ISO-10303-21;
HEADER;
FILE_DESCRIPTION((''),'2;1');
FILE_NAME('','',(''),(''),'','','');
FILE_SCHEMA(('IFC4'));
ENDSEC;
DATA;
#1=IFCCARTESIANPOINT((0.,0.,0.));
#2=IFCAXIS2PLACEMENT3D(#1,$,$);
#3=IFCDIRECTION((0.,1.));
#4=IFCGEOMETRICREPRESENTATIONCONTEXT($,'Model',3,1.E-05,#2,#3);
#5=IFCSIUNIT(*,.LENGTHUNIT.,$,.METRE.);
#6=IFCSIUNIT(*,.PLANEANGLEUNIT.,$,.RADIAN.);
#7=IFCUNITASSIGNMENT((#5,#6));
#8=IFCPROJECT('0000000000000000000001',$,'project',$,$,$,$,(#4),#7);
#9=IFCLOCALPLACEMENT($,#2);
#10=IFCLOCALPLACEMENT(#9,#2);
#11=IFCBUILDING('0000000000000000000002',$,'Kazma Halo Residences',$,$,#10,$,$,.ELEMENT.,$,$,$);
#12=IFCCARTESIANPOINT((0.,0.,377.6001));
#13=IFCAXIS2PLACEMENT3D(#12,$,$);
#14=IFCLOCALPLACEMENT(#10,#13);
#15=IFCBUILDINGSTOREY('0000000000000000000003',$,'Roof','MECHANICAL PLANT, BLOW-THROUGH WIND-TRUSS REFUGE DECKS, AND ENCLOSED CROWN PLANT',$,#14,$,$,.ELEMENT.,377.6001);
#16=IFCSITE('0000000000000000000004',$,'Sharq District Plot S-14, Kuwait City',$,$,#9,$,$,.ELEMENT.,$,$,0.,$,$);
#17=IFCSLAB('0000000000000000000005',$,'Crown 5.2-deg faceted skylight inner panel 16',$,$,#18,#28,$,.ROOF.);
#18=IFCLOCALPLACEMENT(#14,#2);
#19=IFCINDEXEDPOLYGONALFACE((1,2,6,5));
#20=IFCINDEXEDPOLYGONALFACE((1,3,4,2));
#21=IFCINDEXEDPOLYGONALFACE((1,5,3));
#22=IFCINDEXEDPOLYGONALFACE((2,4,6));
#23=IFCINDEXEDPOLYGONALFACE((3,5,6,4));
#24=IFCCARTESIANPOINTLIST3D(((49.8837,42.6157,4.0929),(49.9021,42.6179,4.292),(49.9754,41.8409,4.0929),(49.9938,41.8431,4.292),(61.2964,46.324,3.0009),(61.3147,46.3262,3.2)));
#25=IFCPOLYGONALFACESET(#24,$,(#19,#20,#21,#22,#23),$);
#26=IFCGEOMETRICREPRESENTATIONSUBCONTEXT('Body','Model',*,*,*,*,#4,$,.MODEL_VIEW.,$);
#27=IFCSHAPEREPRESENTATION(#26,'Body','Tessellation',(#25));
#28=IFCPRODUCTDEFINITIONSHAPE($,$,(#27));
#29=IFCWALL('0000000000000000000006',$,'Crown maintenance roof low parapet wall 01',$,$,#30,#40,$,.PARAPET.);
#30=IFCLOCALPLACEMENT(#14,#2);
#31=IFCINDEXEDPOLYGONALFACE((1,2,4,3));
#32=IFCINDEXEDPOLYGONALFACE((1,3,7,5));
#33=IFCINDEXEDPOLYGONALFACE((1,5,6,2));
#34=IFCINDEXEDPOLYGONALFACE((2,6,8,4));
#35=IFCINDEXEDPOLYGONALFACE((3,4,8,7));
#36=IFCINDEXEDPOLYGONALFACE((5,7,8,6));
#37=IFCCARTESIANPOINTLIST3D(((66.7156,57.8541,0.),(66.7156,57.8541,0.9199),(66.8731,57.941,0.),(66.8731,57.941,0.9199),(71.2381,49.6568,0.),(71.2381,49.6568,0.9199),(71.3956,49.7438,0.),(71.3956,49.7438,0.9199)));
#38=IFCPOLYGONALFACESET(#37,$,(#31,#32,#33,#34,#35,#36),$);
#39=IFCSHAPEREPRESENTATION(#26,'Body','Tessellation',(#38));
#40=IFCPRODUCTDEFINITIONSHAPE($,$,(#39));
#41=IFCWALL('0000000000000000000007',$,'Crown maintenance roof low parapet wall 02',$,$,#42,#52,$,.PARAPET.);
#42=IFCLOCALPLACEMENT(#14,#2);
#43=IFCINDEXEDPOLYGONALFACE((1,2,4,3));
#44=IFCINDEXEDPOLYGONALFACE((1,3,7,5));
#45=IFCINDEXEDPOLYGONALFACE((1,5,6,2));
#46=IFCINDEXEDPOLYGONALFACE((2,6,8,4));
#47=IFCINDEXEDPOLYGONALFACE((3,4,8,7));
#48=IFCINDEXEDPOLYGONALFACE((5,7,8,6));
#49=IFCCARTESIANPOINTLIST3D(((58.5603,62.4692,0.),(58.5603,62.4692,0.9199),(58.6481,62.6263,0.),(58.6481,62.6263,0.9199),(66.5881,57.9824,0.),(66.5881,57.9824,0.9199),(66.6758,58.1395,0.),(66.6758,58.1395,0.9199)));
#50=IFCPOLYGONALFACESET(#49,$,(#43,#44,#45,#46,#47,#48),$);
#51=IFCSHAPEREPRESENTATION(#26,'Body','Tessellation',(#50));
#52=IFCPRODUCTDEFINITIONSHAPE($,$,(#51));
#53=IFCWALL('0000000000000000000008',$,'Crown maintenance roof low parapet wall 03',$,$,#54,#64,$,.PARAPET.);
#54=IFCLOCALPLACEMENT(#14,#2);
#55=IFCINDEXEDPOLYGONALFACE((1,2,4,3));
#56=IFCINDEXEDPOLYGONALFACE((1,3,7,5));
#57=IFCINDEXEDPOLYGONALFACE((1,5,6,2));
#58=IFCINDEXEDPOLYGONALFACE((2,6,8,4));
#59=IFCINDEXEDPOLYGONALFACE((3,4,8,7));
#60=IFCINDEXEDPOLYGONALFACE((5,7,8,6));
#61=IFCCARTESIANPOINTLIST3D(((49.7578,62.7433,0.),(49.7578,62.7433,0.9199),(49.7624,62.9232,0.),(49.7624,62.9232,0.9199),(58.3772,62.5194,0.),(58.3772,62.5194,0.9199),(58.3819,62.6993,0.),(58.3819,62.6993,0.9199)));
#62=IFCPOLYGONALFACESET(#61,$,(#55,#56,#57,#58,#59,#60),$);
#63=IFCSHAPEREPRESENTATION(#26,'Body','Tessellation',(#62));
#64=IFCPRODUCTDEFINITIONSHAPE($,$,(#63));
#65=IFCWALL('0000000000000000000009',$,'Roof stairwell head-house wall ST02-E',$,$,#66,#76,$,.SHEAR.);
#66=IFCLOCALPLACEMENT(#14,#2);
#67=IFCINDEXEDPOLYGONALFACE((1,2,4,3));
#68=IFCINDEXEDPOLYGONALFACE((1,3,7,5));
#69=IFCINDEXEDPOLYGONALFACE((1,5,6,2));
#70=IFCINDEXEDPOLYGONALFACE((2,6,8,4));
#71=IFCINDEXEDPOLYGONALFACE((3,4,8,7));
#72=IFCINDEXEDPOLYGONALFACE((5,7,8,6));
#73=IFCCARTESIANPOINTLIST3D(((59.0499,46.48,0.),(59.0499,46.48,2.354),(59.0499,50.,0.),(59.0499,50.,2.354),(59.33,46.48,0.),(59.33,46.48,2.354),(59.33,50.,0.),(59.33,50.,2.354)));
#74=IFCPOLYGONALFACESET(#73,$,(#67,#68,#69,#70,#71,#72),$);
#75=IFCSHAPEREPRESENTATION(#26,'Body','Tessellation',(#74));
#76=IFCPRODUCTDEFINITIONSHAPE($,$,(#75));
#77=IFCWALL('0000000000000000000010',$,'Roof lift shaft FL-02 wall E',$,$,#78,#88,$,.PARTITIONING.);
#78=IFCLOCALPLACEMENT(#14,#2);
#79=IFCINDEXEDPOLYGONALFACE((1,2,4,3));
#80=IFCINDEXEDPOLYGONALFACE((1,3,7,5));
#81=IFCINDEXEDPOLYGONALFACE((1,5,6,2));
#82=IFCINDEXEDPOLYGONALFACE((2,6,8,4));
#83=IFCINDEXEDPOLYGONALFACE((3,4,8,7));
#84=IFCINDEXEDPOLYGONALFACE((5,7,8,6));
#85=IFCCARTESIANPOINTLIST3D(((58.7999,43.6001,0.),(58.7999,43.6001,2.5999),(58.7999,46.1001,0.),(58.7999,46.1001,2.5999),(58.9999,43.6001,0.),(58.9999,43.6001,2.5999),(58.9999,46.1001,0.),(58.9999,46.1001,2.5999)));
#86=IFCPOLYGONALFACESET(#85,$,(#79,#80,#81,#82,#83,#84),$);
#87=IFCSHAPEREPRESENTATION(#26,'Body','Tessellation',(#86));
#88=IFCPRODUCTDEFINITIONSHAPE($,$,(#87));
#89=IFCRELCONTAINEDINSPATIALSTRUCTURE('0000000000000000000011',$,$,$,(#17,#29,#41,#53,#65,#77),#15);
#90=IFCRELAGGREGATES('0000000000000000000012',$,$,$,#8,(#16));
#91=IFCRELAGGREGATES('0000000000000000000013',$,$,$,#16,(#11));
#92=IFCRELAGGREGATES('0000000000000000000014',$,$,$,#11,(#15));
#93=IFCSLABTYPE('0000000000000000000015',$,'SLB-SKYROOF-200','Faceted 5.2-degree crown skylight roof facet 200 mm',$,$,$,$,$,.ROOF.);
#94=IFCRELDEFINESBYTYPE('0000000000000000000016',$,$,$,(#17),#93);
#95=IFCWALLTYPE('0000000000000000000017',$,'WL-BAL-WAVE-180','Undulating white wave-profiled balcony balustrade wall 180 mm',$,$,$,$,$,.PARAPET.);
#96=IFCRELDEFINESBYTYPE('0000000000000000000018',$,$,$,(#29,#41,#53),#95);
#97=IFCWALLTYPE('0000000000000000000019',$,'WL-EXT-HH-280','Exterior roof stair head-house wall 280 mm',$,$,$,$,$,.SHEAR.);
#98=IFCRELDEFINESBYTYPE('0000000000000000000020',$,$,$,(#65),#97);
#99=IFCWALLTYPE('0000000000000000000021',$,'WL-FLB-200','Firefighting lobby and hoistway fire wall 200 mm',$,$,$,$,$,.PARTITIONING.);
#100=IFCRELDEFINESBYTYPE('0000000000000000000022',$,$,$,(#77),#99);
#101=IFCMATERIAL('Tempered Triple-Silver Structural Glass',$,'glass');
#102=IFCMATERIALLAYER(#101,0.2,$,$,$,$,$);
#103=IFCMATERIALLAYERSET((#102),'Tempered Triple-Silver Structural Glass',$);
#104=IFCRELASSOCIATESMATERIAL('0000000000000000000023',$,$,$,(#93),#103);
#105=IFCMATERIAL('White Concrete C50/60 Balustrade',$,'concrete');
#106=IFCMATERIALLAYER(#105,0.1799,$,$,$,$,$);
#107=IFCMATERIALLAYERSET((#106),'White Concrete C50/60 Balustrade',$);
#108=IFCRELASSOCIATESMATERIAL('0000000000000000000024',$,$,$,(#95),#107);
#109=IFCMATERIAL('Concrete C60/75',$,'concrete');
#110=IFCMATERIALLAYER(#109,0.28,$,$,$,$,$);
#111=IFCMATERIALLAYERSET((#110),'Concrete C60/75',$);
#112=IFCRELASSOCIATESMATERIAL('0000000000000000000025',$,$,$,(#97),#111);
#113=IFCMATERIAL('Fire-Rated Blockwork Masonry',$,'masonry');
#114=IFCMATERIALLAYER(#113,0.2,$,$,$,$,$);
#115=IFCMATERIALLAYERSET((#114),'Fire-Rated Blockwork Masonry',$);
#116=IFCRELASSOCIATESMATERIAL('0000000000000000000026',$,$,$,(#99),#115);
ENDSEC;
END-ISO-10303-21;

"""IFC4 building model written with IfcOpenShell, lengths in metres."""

from ifc_helpers import new_model, si_unit, direction, frame, frame_2d, origin, place, context, subcontext, project, spatial, polyline, rectangle, outline, extrude, material, layer, layer_set, type_object, element, save


model = new_model("IFC4")

# Units and contexts
model_context = context("Model", 3, precision=1e-05, world=origin(), true_north=direction((0.0, 1.0)))
body_context = subcontext(model_context, "Body", "Model", "MODEL_VIEW")
ifc_project = project(units=[si_unit("LENGTHUNIT", "METRE"), si_unit("PLANEANGLEUNIT", "RADIAN")], contexts=[model_context])

# Site, building, storey
site_placement = place(None, origin())
site = spatial("IfcSite", under=ifc_project, at=site_placement, Name="Sharq District Plot S-14, Kuwait City", CompositionType="ELEMENT", RefElevation=0.0)
building_placement = place(site_placement, origin())
building = spatial("IfcBuilding", under=site, at=building_placement, Name="Kazma Halo Residences", CompositionType="ELEMENT")
storey_placement = place(building_placement, frame((0.0, 0.0, 377.6001)))
storey = spatial("IfcBuildingStorey", under=building, at=storey_placement, Name="Roof", Description="MECHANICAL PLANT, BLOW-THROUGH WIND-TRUSS REFUGE DECKS, AND ENCLOSED CROWN PLANT", CompositionType="ELEMENT", Elevation=377.6001)

# Slab
ifc_material_1 = material(Name="Tempered Triple-Silver Structural Glass", Category="glass")
ifc_layer_1 = layer(ifc_material_1, 0.2)
ifc_layer_set_1 = layer_set([ifc_layer_1], Name="Tempered Triple-Silver Structural Glass")
slab_type = type_object("IfcSlabType", Name="SLB-SKYROOF-200", Description="Faceted 5.2-degree crown skylight roof facet 200 mm", PredefinedType="ROOF", material=ifc_layer_set_1)
slab_1_placement = place(storey_placement, frame((61.3147, 46.3262, 3.2), z_axis=(0.091747, 0.010869, 0.995723), x_axis=(-0.947141, -0.307751, 0.090629)))
element("IfcSlab", 1, at=slab_1_placement, inside=storey, type_object=slab_type, Name="Crown 5.2-deg faceted skylight inner panel 16", PredefinedType="ROOF", context=body_context, shape_type="SweptSolid", body=[
    extrude(outline(polyline([(0.0, 0.0), (12.0496, 0.0), (12.2012, 0.7654), (0.0, 0.0)])), origin(), (0.0, 0.0, -1.0), 0.2),
])

# Walls
ifc_material_2 = material(Name="White Concrete C50/60 Balustrade", Category="concrete")
ifc_layer_2 = layer(ifc_material_2, 0.1799)
ifc_layer_set_2 = layer_set([ifc_layer_2], Name="White Concrete C50/60 Balustrade")
wall_type_1 = type_object("IfcWallType", Name="WL-BAL-WAVE-180", Description="Undulating white wave-profiled balcony balustrade wall 180 mm", PredefinedType="PARAPET", material=ifc_layer_set_2)
wall_1_placement = place(storey_placement, frame((71.3169, 49.7002, 0.0), z_axis=(0.0, 0.0, 1.0), x_axis=(-0.483064, 0.875585, 0.0)))
element("IfcWall", 2, at=wall_1_placement, inside=storey, type_object=wall_type_1, Name="Crown maintenance roof low parapet wall 01", PredefinedType="PARAPET", context=body_context, shape_type="SweptSolid", body=[
    extrude(rectangle(XDim=9.3621, YDim=0.1799, at=frame_2d((4.6812, 0.0))), origin(), (0.0, 0.0, 1.0), 0.9199),
])
wall_2_placement = place(storey_placement, frame((66.6318, 58.061, 0.0), z_axis=(0.0, 0.0, 1.0), x_axis=(-0.872912, 0.487877, 0.0)))
element("IfcWall", 3, at=wall_2_placement, inside=storey, type_object=wall_type_1, Name="Crown maintenance roof low parapet wall 02", PredefinedType="PARAPET", context=body_context, shape_type="SweptSolid", body=[
    extrude(rectangle(XDim=9.1965, YDim=0.1799, at=frame_2d((4.5981, 0.0))), origin(), (0.0, 0.0, 1.0), 0.9199),
])
wall_3_placement = place(storey_placement, frame((58.3794, 62.6094, 0.0), z_axis=(0.0, 0.0, 1.0), x_axis=(-0.999663, 0.025965, 0.0)))
element("IfcWall", 4, at=wall_3_placement, inside=storey, type_object=wall_type_1, Name="Crown maintenance roof low parapet wall 03", PredefinedType="PARAPET", context=body_context, shape_type="SweptSolid", body=[
    extrude(rectangle(XDim=8.6223, YDim=0.1799, at=frame_2d((4.311, 0.0))), origin(), (0.0, 0.0, 1.0), 0.9199),
])
ifc_material_3 = material(Name="Concrete C60/75", Category="concrete")
ifc_layer_3 = layer(ifc_material_3, 0.28)
ifc_layer_set_3 = layer_set([ifc_layer_3], Name="Concrete C60/75")
wall_type_2 = type_object("IfcWallType", Name="WL-EXT-HH-280", Description="Exterior roof stair head-house wall 280 mm", PredefinedType="SHEAR", material=ifc_layer_set_3)
wall_4_placement = place(storey_placement, frame((59.1899, 46.48, 0.0), z_axis=(0.0, 0.0, 1.0), x_axis=(0.0, 1.0, 0.0)))
element("IfcWall", 5, at=wall_4_placement, inside=storey, type_object=wall_type_2, Name="Roof stairwell head-house wall ST02-E", PredefinedType="SHEAR", context=body_context, shape_type="SweptSolid", body=[
    extrude(rectangle(XDim=3.52, YDim=0.28, at=frame_2d((1.76, 0.0))), origin(), (0.0, 0.0, 1.0), 2.354),
])
ifc_material_4 = material(Name="Fire-Rated Blockwork Masonry", Category="masonry")
ifc_layer_4 = layer(ifc_material_4, 0.2)
ifc_layer_set_4 = layer_set([ifc_layer_4], Name="Fire-Rated Blockwork Masonry")
wall_type_3 = type_object("IfcWallType", Name="WL-FLB-200", Description="Firefighting lobby and hoistway fire wall 200 mm", PredefinedType="PARTITIONING", material=ifc_layer_set_4)
wall_5_placement = place(storey_placement, frame((58.8999, 43.6001, 0.0), z_axis=(0.0, 0.0, 1.0), x_axis=(0.0, 1.0, 0.0)))
element("IfcWall", 6, at=wall_5_placement, inside=storey, type_object=wall_type_3, Name="Roof lift shaft FL-02 wall E", PredefinedType="PARTITIONING", context=body_context, shape_type="SweptSolid", body=[
    extrude(rectangle(XDim=2.5, YDim=0.2, at=frame_2d((1.25, 0.0))), origin(), (0.0, 0.0, 1.0), 2.5999),
])

save(model, "model.ifc")
